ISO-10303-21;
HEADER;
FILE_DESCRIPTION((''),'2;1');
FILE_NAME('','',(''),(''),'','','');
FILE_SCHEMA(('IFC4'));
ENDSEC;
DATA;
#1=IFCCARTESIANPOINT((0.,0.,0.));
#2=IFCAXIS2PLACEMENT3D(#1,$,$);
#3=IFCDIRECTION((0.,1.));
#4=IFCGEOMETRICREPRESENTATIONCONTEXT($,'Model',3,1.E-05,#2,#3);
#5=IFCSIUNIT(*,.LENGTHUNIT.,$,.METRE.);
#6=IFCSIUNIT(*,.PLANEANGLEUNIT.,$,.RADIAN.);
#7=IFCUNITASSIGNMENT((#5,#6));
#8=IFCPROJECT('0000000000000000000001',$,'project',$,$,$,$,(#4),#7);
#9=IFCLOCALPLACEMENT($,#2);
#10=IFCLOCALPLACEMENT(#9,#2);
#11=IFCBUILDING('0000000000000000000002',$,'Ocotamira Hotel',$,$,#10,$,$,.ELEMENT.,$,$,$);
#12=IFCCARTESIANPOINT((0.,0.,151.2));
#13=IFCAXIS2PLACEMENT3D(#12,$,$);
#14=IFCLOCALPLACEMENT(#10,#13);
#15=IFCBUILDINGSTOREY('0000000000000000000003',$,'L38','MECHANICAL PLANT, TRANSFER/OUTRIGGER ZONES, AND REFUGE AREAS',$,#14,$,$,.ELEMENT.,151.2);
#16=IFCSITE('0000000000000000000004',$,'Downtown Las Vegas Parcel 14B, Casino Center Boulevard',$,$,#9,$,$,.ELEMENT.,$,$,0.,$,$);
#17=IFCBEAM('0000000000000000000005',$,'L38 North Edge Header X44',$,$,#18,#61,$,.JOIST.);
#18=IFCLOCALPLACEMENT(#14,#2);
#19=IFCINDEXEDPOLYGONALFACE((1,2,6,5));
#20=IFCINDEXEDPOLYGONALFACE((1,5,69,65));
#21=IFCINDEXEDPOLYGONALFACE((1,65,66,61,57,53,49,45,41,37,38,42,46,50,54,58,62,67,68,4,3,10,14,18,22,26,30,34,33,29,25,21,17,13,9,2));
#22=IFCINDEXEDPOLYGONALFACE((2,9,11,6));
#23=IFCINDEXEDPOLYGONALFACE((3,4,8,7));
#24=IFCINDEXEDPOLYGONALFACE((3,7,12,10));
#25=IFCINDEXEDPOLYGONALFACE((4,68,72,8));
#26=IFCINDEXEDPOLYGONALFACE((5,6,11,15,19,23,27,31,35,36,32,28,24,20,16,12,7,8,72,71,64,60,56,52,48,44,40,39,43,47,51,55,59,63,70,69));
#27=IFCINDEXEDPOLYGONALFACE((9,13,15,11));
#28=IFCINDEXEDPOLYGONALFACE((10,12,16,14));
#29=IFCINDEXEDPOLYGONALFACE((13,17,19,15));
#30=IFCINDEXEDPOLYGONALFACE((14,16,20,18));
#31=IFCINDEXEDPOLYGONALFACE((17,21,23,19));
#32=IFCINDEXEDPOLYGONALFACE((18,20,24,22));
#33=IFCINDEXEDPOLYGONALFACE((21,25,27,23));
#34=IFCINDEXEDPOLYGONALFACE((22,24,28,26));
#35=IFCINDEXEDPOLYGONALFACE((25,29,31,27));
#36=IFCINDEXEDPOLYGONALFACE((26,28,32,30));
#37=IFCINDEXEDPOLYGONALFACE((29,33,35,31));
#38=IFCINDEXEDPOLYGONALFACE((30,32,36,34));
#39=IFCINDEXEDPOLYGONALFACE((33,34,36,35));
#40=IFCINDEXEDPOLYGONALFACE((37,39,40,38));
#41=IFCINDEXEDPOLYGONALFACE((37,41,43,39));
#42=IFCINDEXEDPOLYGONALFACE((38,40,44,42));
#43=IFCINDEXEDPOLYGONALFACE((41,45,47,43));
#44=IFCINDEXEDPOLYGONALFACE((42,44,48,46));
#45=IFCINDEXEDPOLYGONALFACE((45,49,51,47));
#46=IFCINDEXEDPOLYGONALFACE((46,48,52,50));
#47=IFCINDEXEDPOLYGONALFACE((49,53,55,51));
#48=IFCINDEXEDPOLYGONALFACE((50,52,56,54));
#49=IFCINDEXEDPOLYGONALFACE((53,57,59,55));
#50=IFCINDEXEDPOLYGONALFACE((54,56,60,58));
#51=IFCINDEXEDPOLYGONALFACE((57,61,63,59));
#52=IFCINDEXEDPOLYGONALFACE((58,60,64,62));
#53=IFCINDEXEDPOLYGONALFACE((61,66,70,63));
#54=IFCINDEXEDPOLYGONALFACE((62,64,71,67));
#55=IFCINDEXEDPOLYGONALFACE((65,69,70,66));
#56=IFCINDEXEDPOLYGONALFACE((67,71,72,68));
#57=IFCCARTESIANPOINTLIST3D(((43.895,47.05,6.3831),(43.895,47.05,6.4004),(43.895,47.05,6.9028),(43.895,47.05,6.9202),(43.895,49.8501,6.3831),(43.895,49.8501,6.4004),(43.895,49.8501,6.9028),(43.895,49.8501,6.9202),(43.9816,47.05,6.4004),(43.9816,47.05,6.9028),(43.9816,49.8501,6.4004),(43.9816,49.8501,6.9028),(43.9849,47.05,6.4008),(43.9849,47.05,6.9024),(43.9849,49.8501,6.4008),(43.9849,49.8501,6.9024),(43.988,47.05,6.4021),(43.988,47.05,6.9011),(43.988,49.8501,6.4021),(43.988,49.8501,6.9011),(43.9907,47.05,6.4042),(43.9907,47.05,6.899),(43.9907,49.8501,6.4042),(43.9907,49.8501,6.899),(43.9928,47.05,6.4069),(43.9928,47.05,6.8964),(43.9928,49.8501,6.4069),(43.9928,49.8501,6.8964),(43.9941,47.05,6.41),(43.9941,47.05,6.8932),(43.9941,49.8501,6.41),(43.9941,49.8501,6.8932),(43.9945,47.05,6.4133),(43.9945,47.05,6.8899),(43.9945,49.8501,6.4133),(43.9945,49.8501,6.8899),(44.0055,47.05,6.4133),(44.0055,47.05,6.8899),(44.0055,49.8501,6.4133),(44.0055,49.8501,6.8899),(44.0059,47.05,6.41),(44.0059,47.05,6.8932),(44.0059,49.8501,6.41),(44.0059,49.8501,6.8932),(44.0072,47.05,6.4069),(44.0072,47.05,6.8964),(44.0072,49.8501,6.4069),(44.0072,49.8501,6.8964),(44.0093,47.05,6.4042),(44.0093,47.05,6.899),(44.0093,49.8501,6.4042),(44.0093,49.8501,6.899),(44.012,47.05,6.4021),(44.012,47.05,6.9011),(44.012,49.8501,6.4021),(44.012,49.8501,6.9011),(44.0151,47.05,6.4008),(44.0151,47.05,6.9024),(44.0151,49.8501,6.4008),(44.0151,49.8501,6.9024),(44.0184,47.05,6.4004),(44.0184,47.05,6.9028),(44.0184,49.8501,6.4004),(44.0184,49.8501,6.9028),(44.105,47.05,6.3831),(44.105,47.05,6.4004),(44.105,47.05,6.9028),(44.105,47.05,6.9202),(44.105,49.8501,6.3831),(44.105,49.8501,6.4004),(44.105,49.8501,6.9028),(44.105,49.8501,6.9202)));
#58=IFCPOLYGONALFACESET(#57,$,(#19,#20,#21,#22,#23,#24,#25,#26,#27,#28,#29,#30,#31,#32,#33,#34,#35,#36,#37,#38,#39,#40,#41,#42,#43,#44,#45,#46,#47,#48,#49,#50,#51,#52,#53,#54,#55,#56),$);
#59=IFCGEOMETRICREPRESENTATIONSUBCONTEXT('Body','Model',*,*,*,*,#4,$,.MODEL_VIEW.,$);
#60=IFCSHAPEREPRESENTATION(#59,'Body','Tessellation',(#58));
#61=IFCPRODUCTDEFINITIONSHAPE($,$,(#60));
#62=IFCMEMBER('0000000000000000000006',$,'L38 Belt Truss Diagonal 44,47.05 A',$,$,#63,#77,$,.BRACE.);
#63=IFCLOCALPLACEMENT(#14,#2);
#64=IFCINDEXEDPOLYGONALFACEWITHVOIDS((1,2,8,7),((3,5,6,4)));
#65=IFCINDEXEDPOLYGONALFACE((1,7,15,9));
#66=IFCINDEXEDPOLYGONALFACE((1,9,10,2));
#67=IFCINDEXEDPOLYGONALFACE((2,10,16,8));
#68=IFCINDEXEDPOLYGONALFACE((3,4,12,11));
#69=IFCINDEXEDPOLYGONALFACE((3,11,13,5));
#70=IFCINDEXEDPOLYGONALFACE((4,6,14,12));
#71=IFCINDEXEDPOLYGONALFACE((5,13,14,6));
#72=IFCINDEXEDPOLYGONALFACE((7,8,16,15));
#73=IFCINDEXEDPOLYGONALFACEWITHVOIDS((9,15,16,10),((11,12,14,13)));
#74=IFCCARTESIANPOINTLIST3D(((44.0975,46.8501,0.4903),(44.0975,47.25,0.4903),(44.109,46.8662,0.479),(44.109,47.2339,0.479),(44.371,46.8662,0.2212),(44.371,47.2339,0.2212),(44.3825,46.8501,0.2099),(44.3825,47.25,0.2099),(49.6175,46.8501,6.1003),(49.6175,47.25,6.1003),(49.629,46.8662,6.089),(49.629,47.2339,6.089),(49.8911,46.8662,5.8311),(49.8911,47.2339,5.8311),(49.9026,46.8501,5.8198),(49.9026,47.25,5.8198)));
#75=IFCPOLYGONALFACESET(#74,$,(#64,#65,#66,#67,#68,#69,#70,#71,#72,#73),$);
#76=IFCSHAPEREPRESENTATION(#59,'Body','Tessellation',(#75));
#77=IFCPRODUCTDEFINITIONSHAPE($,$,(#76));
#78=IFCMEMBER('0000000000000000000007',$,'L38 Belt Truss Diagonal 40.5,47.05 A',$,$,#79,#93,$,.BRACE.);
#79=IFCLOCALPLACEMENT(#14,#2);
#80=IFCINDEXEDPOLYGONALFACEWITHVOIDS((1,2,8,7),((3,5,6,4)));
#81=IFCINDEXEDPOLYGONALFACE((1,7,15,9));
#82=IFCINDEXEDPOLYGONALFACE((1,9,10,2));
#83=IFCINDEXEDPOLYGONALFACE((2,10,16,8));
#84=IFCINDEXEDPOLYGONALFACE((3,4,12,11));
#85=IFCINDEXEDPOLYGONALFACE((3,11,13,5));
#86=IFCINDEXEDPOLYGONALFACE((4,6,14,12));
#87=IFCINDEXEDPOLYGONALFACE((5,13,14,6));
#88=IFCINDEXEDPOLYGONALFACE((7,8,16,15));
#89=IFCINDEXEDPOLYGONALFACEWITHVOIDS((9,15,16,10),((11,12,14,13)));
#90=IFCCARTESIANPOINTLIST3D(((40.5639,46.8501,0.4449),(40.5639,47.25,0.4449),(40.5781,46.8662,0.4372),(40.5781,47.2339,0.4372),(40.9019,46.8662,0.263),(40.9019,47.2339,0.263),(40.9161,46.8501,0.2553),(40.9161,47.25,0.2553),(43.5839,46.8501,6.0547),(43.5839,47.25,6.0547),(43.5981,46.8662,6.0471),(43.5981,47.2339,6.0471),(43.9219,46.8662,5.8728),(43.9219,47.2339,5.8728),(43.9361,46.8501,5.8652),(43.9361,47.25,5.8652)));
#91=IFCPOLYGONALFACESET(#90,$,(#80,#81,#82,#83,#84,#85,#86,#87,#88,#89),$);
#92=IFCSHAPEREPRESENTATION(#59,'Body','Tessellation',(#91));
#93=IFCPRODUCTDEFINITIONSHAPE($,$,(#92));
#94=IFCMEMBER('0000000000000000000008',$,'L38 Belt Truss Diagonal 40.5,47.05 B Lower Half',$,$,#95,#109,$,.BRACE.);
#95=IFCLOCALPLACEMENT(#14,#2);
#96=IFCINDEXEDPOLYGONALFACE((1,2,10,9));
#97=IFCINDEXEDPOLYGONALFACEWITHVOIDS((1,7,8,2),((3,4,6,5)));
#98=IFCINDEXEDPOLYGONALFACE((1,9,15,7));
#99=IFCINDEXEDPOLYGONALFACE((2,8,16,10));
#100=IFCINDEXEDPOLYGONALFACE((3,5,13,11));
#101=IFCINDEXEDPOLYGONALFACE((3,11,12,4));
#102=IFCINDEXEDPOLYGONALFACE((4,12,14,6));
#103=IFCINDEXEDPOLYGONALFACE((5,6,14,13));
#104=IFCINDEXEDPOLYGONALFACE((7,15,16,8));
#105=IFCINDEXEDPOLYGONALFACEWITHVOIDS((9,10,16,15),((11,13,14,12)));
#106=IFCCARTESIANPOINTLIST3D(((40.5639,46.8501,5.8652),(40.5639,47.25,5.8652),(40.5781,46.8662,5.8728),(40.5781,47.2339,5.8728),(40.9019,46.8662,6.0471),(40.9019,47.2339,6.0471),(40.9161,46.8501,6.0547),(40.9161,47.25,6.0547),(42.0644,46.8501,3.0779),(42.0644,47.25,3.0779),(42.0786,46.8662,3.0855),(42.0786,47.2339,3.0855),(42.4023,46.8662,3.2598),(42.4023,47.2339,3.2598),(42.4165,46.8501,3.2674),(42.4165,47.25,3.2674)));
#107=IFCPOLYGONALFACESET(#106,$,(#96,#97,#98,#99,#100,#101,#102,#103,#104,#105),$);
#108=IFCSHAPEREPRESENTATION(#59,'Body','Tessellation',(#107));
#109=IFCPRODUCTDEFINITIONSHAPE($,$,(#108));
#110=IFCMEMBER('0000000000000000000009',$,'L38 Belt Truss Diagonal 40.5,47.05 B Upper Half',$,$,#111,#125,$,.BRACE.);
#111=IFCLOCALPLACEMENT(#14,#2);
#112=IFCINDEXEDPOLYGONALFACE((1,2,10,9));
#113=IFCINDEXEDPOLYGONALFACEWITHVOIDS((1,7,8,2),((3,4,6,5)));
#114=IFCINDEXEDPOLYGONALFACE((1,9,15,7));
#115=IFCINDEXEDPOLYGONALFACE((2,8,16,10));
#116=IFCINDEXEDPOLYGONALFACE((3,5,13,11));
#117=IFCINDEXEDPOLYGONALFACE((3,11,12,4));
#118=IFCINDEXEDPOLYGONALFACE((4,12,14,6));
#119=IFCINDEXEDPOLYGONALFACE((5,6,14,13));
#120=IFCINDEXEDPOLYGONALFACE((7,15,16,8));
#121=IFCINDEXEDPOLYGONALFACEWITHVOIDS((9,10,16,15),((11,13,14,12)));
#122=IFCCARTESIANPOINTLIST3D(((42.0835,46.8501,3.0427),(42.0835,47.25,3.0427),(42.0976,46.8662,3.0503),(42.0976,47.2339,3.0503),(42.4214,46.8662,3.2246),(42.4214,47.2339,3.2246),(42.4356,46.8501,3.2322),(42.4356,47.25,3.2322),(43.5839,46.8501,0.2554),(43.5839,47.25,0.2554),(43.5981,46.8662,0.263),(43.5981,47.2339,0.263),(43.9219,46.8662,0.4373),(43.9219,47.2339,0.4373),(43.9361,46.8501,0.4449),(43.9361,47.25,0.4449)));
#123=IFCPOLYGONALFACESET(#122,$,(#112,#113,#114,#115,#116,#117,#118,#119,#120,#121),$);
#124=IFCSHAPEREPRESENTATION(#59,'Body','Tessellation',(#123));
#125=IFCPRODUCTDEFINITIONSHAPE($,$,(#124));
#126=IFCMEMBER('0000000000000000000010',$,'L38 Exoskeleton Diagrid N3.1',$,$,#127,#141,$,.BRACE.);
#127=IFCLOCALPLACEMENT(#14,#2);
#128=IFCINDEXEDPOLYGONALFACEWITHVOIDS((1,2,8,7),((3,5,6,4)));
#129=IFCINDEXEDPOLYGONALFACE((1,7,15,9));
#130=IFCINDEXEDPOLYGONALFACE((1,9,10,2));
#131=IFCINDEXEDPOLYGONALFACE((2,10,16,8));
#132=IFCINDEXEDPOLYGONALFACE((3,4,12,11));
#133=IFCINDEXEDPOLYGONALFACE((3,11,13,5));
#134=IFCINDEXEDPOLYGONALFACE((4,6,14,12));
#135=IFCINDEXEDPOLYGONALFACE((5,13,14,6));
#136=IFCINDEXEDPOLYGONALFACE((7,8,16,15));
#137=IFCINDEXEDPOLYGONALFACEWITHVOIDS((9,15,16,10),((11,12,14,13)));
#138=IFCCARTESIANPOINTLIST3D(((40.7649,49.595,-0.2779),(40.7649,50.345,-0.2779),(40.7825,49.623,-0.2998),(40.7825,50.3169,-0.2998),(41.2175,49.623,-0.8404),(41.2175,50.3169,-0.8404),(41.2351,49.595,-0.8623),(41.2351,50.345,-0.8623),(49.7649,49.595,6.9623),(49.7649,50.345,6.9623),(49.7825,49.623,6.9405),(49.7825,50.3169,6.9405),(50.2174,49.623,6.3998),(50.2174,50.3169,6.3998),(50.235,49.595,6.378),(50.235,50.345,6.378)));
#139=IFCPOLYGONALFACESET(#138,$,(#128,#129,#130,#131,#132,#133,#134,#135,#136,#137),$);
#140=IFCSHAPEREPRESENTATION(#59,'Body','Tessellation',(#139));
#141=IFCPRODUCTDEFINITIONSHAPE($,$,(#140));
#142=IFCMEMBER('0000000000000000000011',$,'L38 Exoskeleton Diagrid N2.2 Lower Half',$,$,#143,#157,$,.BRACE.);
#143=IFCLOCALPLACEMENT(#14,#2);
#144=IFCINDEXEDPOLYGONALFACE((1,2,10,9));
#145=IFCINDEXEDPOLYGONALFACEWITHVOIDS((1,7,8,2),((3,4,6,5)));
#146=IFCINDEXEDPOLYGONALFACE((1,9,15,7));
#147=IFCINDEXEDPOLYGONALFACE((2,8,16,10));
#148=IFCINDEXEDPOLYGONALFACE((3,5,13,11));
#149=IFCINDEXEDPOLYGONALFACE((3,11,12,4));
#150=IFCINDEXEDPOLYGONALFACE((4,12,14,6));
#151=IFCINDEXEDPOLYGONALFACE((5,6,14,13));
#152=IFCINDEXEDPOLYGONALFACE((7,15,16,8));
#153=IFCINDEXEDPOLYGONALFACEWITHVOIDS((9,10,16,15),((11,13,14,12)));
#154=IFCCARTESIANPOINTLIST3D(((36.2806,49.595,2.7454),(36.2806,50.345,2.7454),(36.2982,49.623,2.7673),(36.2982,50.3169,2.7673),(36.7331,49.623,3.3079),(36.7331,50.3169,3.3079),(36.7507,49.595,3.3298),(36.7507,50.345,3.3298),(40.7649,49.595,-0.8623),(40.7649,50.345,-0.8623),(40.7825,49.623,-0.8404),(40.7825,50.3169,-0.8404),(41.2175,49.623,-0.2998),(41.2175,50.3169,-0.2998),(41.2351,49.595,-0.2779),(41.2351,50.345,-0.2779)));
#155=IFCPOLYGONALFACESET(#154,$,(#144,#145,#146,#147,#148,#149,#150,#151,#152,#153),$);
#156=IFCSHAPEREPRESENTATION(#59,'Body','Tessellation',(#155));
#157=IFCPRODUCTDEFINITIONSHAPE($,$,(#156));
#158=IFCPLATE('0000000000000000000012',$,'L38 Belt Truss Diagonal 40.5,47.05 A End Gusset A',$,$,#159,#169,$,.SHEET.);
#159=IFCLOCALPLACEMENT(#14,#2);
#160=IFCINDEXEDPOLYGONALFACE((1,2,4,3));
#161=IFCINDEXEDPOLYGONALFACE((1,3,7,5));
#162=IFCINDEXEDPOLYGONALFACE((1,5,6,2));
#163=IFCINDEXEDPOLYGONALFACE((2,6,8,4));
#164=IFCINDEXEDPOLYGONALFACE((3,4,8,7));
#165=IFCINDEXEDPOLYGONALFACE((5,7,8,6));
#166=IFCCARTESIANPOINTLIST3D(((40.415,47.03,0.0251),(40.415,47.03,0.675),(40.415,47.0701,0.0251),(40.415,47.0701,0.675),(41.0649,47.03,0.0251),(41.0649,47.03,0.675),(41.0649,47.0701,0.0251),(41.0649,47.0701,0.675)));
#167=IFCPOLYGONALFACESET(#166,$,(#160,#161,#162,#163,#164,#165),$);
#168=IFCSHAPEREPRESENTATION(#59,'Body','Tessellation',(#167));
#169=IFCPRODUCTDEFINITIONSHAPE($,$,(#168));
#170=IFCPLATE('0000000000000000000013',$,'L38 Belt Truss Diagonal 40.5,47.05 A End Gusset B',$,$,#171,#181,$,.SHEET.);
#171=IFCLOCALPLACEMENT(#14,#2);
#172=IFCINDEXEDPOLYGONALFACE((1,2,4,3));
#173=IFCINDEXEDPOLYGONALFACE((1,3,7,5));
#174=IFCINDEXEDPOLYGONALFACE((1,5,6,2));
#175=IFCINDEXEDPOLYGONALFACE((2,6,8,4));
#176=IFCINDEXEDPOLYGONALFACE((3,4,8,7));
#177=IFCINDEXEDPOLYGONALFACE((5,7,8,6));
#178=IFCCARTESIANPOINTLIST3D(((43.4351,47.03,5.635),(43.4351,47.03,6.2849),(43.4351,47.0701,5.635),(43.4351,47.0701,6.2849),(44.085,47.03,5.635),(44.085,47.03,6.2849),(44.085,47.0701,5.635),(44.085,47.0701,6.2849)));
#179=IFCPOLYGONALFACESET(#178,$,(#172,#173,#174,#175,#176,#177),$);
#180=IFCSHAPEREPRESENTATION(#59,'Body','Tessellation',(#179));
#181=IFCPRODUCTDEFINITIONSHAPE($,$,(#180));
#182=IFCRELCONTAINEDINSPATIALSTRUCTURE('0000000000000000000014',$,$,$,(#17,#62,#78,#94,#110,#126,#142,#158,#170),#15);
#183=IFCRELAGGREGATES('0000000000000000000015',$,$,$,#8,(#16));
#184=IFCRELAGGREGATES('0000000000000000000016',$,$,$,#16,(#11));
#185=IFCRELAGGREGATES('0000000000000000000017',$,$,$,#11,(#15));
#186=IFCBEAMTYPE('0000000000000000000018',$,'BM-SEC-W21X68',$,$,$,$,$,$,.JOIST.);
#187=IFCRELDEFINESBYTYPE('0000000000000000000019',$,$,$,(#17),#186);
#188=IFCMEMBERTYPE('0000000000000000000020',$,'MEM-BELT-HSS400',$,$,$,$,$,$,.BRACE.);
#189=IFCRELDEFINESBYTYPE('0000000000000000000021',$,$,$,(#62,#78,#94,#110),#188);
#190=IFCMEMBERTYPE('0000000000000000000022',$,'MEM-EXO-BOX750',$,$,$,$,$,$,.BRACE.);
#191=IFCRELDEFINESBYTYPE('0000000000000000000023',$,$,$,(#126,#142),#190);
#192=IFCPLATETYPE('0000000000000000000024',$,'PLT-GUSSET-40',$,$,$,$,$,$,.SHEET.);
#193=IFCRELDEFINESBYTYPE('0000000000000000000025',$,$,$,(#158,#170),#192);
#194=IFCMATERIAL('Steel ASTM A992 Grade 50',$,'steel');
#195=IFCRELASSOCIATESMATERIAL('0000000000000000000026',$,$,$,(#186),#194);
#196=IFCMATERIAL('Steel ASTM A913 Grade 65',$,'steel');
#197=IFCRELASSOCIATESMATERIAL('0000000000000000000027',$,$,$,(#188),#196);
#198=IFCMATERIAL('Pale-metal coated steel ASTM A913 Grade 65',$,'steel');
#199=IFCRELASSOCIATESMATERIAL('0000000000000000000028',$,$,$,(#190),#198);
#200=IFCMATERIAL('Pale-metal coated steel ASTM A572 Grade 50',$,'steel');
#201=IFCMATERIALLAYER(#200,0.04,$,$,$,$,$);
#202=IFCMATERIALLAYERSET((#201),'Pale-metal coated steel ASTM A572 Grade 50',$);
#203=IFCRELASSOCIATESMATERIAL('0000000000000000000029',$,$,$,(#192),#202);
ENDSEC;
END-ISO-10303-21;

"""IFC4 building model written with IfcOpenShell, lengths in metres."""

from ifc_helpers import new_model, si_unit, direction, frame, origin, origin_2d, place, context, subcontext, project, spatial, rectangle, hollow_rectangle, i_section, extrude, source, transform, mapped, material, layer, layer_set, material_profile, profile_set, type_object, element, save


model = new_model("IFC4")

# Units and contexts
model_context = context("Model", 3, precision=1e-05, world=origin(), true_north=direction((0.0, 1.0)))
body_context = subcontext(model_context, "Body", "Model", "MODEL_VIEW")
ifc_project = project(units=[si_unit("LENGTHUNIT", "METRE"), si_unit("PLANEANGLEUNIT", "RADIAN")], contexts=[model_context])

# Site, building, storey
site_placement = place(None, origin())
site = spatial("IfcSite", under=ifc_project, at=site_placement, Name="Downtown Las Vegas Parcel 14B, Casino Center Boulevard", CompositionType="ELEMENT", RefElevation=0.0)
building_placement = place(site_placement, origin())
building = spatial("IfcBuilding", under=site, at=building_placement, Name="Ocotamira Hotel", CompositionType="ELEMENT")
storey_placement = place(building_placement, frame((0.0, 0.0, 151.2)))
storey = spatial("IfcBuildingStorey", under=building, at=storey_placement, Name="L38", Description="MECHANICAL PLANT, TRANSFER/OUTRIGGER ZONES, AND REFUGE AREAS", CompositionType="ELEMENT", Elevation=151.2)

# Shared definitions
ifc_material_1 = material(Name="Steel ASTM A913 Grade 65", Category="steel")

# Beam
ifc_material_2 = material(Name="Steel ASTM A992 Grade 50", Category="steel")
ifc_material_profile_1 = material_profile(ifc_material_2, i_section(OverallWidth=0.21, OverallDepth=0.5371, WebThickness=0.011, FlangeThickness=0.0173, FilletRadius=0.0129, at=origin_2d()), Name="W21X68")
ifc_profile_set_1 = profile_set([ifc_material_profile_1], Name="Steel ASTM A992 Grade 50")
beam_type_1 = type_object("IfcBeamType", Name="BM-SEC-W21X68", PredefinedType="JOIST", material=ifc_profile_set_1)
shared_shape_1 = source(origin(), body_context, "Body", "SweptSolid", [
    extrude(i_section(OverallWidth=0.21, OverallDepth=0.5371, WebThickness=0.011, FlangeThickness=0.0173, FilletRadius=0.0129, at=origin_2d()), origin(), (0.0, 0.0, 1.0), 2.8),
])
beam_1_placement = place(storey_placement, frame((44.0, 47.05, 6.6516), z_axis=(0.0, 1.0, 0.0), x_axis=(-1.0, 0.0, 0.0)))
element("IfcBeam", 1, at=beam_1_placement, inside=storey, type_object=beam_type_1, Name="L38 North Edge Header X44", PredefinedType="JOIST", context=body_context, shape_type="MappedRepresentation", body=[
    mapped(shared_shape_1, transform((0.0, 0.0, 0.0), scale=1.0)),
])

# Members
ifc_material_profile_2 = material_profile(ifc_material_1, hollow_rectangle(XDim=0.3999, YDim=0.3999, WallThickness=0.0161, at=origin_2d()), Name="HSS400X400X16")
ifc_profile_set_2 = profile_set([ifc_material_profile_2], Name="Steel ASTM A913 Grade 65")
member_type_1 = type_object("IfcMemberType", Name="MEM-BELT-HSS400", PredefinedType="BRACE", material=ifc_profile_set_2)
shared_shape_2 = source(origin(), body_context, "Body", "SweptSolid", [
    extrude(hollow_rectangle(XDim=0.3999, YDim=0.3999, WallThickness=0.0161, at=origin_2d()), origin(), (0.0, 0.0, 1.0), 7.8704),
])
member_1_placement = place(storey_placement, frame((44.24, 47.05, 0.3501), z_axis=(0.701376, 0.0, 0.712792), x_axis=(0.0, 1.0, 0.0)))
element("IfcMember", 2, at=member_1_placement, inside=storey, type_object=member_type_1, Name="L38 Belt Truss Diagonal 44,47.05 A", PredefinedType="BRACE", context=body_context, shape_type="MappedRepresentation", body=[
    mapped(shared_shape_2, transform((0.0, 0.0, 0.0), scale=1.0)),
])
shared_shape_3 = source(origin(), body_context, "Body", "SweptSolid", [
    extrude(hollow_rectangle(XDim=0.3999, YDim=0.3999, WallThickness=0.0161, at=origin_2d()), origin(), (0.0, 0.0, 1.0), 6.3711),
])
member_2_placement = place(storey_placement, frame((40.74, 47.05, 0.3501), z_axis=(0.474018, 0.0, 0.880515), x_axis=(0.0, 1.0, 0.0)))
element("IfcMember", 3, at=member_2_placement, inside=storey, type_object=member_type_1, Name="L38 Belt Truss Diagonal 40.5,47.05 A", PredefinedType="BRACE", context=body_context, shape_type="MappedRepresentation", body=[
    mapped(shared_shape_3, transform((0.0, 0.0, 0.0), scale=1.0)),
])
shared_shape_4 = source(origin(), body_context, "Body", "SweptSolid", [
    extrude(hollow_rectangle(XDim=0.3999, YDim=0.3999, WallThickness=0.0161, at=origin_2d()), origin(), (0.0, 0.0, 1.0), 3.1655),
])
for number, where, z_axis, x_axis, name in (
    (4, (40.74, 47.05, 5.96), (0.474003, 0.0, -0.880523), (0.0, 1.0, 0.0), "L38 Belt Truss Diagonal 40.5,47.05 B Lower Half"),
    (5, (42.2595, 47.05, 3.1375), (0.474003, 0.0, -0.880523), (0.0, 1.0, 0.0), "L38 Belt Truss Diagonal 40.5,47.05 B Upper Half"),
):
    element("IfcMember", number, at=place(storey_placement, frame(where, z_axis=z_axis, x_axis=x_axis)), inside=storey, type_object=member_type_1, Name=name, PredefinedType="BRACE", context=body_context, shape_type="MappedRepresentation", body=[
        mapped(shared_shape_4, transform((0.0, 0.0, 0.0), scale=1.0)),
    ])
ifc_material_3 = material(Name="Pale-metal coated steel ASTM A913 Grade 65", Category="steel")
ifc_material_profile_3 = material_profile(ifc_material_3, hollow_rectangle(XDim=0.75, YDim=0.75, WallThickness=0.0281, at=origin_2d()), Name="BOX750X750X28")
ifc_profile_set_3 = profile_set([ifc_material_profile_3], Name="Pale-metal coated steel ASTM A913 Grade 65")
member_type_2 = type_object("IfcMemberType", Name="MEM-EXO-BOX750", PredefinedType="BRACE", material=ifc_profile_set_3)
shared_shape_5 = source(origin(), body_context, "Body", "SweptSolid", [
    extrude(hollow_rectangle(XDim=0.75, YDim=0.75, WallThickness=0.0281, at=origin_2d()), origin(), (0.0, 0.0, 1.0), 11.5508),
])
member_3_placement = place(storey_placement, frame((41.0, 49.97, -0.5701), z_axis=(0.779167, 0.0, 0.626817), x_axis=(0.0, 1.0, 0.0)))
element("IfcMember", 6, at=member_3_placement, inside=storey, type_object=member_type_2, Name="L38 Exoskeleton Diagrid N3.1", PredefinedType="BRACE", context=body_context, shape_type="MappedRepresentation", body=[
    mapped(shared_shape_5, transform((0.0, 0.0, 0.0), scale=1.0)),
])
shared_shape_6 = source(origin(), body_context, "Body", "SweptSolid", [
    extrude(hollow_rectangle(XDim=0.75, YDim=0.75, WallThickness=0.0281, at=origin_2d()), origin(), (0.0, 0.0, 1.0), 5.7554),
])
member_4_placement = place(storey_placement, frame((41.0, 49.97, -0.5701), z_axis=(-0.779157, 0.0, 0.626829), x_axis=(0.0, -1.0, 0.0)))
element("IfcMember", 7, at=member_4_placement, inside=storey, type_object=member_type_2, Name="L38 Exoskeleton Diagrid N2.2 Lower Half", PredefinedType="BRACE", context=body_context, shape_type="MappedRepresentation", body=[
    mapped(shared_shape_6, transform((0.0, 0.0, 0.0), scale=1.0)),
])

# Plates
ifc_material_4 = material(Name="Pale-metal coated steel ASTM A572 Grade 50", Category="steel")
ifc_layer_1 = layer(ifc_material_4, 0.04)
ifc_layer_set_1 = layer_set([ifc_layer_1], Name="Pale-metal coated steel ASTM A572 Grade 50")
plate_type = type_object("IfcPlateType", Name="PLT-GUSSET-40", PredefinedType="SHEET", material=ifc_layer_set_1)
shared_shape_7 = source(origin(), body_context, "Body", "SweptSolid", [
    extrude(rectangle(XDim=0.6499, YDim=0.04, at=origin_2d()), origin(), (0.0, 0.0, 1.0), 0.6499),
])
for number, where, z_axis, x_axis, name in (
    (8, (40.74, 47.05, 0.0251), (0.0, 0.0, 1.0), (1.0, 0.0, 0.0), "L38 Belt Truss Diagonal 40.5,47.05 A End Gusset A"),
    (9, (43.76, 47.05, 5.635), (0.0, 0.0, 1.0), (1.0, 0.0, 0.0), "L38 Belt Truss Diagonal 40.5,47.05 A End Gusset B"),
):
    element("IfcPlate", number, at=place(storey_placement, frame(where, z_axis=z_axis, x_axis=x_axis)), inside=storey, type_object=plate_type, Name=name, PredefinedType="SHEET", context=body_context, shape_type="MappedRepresentation", body=[
        mapped(shared_shape_7, transform((0.0, 0.0, 0.0), scale=1.0)),
    ])

save(model, "model.ifc")
